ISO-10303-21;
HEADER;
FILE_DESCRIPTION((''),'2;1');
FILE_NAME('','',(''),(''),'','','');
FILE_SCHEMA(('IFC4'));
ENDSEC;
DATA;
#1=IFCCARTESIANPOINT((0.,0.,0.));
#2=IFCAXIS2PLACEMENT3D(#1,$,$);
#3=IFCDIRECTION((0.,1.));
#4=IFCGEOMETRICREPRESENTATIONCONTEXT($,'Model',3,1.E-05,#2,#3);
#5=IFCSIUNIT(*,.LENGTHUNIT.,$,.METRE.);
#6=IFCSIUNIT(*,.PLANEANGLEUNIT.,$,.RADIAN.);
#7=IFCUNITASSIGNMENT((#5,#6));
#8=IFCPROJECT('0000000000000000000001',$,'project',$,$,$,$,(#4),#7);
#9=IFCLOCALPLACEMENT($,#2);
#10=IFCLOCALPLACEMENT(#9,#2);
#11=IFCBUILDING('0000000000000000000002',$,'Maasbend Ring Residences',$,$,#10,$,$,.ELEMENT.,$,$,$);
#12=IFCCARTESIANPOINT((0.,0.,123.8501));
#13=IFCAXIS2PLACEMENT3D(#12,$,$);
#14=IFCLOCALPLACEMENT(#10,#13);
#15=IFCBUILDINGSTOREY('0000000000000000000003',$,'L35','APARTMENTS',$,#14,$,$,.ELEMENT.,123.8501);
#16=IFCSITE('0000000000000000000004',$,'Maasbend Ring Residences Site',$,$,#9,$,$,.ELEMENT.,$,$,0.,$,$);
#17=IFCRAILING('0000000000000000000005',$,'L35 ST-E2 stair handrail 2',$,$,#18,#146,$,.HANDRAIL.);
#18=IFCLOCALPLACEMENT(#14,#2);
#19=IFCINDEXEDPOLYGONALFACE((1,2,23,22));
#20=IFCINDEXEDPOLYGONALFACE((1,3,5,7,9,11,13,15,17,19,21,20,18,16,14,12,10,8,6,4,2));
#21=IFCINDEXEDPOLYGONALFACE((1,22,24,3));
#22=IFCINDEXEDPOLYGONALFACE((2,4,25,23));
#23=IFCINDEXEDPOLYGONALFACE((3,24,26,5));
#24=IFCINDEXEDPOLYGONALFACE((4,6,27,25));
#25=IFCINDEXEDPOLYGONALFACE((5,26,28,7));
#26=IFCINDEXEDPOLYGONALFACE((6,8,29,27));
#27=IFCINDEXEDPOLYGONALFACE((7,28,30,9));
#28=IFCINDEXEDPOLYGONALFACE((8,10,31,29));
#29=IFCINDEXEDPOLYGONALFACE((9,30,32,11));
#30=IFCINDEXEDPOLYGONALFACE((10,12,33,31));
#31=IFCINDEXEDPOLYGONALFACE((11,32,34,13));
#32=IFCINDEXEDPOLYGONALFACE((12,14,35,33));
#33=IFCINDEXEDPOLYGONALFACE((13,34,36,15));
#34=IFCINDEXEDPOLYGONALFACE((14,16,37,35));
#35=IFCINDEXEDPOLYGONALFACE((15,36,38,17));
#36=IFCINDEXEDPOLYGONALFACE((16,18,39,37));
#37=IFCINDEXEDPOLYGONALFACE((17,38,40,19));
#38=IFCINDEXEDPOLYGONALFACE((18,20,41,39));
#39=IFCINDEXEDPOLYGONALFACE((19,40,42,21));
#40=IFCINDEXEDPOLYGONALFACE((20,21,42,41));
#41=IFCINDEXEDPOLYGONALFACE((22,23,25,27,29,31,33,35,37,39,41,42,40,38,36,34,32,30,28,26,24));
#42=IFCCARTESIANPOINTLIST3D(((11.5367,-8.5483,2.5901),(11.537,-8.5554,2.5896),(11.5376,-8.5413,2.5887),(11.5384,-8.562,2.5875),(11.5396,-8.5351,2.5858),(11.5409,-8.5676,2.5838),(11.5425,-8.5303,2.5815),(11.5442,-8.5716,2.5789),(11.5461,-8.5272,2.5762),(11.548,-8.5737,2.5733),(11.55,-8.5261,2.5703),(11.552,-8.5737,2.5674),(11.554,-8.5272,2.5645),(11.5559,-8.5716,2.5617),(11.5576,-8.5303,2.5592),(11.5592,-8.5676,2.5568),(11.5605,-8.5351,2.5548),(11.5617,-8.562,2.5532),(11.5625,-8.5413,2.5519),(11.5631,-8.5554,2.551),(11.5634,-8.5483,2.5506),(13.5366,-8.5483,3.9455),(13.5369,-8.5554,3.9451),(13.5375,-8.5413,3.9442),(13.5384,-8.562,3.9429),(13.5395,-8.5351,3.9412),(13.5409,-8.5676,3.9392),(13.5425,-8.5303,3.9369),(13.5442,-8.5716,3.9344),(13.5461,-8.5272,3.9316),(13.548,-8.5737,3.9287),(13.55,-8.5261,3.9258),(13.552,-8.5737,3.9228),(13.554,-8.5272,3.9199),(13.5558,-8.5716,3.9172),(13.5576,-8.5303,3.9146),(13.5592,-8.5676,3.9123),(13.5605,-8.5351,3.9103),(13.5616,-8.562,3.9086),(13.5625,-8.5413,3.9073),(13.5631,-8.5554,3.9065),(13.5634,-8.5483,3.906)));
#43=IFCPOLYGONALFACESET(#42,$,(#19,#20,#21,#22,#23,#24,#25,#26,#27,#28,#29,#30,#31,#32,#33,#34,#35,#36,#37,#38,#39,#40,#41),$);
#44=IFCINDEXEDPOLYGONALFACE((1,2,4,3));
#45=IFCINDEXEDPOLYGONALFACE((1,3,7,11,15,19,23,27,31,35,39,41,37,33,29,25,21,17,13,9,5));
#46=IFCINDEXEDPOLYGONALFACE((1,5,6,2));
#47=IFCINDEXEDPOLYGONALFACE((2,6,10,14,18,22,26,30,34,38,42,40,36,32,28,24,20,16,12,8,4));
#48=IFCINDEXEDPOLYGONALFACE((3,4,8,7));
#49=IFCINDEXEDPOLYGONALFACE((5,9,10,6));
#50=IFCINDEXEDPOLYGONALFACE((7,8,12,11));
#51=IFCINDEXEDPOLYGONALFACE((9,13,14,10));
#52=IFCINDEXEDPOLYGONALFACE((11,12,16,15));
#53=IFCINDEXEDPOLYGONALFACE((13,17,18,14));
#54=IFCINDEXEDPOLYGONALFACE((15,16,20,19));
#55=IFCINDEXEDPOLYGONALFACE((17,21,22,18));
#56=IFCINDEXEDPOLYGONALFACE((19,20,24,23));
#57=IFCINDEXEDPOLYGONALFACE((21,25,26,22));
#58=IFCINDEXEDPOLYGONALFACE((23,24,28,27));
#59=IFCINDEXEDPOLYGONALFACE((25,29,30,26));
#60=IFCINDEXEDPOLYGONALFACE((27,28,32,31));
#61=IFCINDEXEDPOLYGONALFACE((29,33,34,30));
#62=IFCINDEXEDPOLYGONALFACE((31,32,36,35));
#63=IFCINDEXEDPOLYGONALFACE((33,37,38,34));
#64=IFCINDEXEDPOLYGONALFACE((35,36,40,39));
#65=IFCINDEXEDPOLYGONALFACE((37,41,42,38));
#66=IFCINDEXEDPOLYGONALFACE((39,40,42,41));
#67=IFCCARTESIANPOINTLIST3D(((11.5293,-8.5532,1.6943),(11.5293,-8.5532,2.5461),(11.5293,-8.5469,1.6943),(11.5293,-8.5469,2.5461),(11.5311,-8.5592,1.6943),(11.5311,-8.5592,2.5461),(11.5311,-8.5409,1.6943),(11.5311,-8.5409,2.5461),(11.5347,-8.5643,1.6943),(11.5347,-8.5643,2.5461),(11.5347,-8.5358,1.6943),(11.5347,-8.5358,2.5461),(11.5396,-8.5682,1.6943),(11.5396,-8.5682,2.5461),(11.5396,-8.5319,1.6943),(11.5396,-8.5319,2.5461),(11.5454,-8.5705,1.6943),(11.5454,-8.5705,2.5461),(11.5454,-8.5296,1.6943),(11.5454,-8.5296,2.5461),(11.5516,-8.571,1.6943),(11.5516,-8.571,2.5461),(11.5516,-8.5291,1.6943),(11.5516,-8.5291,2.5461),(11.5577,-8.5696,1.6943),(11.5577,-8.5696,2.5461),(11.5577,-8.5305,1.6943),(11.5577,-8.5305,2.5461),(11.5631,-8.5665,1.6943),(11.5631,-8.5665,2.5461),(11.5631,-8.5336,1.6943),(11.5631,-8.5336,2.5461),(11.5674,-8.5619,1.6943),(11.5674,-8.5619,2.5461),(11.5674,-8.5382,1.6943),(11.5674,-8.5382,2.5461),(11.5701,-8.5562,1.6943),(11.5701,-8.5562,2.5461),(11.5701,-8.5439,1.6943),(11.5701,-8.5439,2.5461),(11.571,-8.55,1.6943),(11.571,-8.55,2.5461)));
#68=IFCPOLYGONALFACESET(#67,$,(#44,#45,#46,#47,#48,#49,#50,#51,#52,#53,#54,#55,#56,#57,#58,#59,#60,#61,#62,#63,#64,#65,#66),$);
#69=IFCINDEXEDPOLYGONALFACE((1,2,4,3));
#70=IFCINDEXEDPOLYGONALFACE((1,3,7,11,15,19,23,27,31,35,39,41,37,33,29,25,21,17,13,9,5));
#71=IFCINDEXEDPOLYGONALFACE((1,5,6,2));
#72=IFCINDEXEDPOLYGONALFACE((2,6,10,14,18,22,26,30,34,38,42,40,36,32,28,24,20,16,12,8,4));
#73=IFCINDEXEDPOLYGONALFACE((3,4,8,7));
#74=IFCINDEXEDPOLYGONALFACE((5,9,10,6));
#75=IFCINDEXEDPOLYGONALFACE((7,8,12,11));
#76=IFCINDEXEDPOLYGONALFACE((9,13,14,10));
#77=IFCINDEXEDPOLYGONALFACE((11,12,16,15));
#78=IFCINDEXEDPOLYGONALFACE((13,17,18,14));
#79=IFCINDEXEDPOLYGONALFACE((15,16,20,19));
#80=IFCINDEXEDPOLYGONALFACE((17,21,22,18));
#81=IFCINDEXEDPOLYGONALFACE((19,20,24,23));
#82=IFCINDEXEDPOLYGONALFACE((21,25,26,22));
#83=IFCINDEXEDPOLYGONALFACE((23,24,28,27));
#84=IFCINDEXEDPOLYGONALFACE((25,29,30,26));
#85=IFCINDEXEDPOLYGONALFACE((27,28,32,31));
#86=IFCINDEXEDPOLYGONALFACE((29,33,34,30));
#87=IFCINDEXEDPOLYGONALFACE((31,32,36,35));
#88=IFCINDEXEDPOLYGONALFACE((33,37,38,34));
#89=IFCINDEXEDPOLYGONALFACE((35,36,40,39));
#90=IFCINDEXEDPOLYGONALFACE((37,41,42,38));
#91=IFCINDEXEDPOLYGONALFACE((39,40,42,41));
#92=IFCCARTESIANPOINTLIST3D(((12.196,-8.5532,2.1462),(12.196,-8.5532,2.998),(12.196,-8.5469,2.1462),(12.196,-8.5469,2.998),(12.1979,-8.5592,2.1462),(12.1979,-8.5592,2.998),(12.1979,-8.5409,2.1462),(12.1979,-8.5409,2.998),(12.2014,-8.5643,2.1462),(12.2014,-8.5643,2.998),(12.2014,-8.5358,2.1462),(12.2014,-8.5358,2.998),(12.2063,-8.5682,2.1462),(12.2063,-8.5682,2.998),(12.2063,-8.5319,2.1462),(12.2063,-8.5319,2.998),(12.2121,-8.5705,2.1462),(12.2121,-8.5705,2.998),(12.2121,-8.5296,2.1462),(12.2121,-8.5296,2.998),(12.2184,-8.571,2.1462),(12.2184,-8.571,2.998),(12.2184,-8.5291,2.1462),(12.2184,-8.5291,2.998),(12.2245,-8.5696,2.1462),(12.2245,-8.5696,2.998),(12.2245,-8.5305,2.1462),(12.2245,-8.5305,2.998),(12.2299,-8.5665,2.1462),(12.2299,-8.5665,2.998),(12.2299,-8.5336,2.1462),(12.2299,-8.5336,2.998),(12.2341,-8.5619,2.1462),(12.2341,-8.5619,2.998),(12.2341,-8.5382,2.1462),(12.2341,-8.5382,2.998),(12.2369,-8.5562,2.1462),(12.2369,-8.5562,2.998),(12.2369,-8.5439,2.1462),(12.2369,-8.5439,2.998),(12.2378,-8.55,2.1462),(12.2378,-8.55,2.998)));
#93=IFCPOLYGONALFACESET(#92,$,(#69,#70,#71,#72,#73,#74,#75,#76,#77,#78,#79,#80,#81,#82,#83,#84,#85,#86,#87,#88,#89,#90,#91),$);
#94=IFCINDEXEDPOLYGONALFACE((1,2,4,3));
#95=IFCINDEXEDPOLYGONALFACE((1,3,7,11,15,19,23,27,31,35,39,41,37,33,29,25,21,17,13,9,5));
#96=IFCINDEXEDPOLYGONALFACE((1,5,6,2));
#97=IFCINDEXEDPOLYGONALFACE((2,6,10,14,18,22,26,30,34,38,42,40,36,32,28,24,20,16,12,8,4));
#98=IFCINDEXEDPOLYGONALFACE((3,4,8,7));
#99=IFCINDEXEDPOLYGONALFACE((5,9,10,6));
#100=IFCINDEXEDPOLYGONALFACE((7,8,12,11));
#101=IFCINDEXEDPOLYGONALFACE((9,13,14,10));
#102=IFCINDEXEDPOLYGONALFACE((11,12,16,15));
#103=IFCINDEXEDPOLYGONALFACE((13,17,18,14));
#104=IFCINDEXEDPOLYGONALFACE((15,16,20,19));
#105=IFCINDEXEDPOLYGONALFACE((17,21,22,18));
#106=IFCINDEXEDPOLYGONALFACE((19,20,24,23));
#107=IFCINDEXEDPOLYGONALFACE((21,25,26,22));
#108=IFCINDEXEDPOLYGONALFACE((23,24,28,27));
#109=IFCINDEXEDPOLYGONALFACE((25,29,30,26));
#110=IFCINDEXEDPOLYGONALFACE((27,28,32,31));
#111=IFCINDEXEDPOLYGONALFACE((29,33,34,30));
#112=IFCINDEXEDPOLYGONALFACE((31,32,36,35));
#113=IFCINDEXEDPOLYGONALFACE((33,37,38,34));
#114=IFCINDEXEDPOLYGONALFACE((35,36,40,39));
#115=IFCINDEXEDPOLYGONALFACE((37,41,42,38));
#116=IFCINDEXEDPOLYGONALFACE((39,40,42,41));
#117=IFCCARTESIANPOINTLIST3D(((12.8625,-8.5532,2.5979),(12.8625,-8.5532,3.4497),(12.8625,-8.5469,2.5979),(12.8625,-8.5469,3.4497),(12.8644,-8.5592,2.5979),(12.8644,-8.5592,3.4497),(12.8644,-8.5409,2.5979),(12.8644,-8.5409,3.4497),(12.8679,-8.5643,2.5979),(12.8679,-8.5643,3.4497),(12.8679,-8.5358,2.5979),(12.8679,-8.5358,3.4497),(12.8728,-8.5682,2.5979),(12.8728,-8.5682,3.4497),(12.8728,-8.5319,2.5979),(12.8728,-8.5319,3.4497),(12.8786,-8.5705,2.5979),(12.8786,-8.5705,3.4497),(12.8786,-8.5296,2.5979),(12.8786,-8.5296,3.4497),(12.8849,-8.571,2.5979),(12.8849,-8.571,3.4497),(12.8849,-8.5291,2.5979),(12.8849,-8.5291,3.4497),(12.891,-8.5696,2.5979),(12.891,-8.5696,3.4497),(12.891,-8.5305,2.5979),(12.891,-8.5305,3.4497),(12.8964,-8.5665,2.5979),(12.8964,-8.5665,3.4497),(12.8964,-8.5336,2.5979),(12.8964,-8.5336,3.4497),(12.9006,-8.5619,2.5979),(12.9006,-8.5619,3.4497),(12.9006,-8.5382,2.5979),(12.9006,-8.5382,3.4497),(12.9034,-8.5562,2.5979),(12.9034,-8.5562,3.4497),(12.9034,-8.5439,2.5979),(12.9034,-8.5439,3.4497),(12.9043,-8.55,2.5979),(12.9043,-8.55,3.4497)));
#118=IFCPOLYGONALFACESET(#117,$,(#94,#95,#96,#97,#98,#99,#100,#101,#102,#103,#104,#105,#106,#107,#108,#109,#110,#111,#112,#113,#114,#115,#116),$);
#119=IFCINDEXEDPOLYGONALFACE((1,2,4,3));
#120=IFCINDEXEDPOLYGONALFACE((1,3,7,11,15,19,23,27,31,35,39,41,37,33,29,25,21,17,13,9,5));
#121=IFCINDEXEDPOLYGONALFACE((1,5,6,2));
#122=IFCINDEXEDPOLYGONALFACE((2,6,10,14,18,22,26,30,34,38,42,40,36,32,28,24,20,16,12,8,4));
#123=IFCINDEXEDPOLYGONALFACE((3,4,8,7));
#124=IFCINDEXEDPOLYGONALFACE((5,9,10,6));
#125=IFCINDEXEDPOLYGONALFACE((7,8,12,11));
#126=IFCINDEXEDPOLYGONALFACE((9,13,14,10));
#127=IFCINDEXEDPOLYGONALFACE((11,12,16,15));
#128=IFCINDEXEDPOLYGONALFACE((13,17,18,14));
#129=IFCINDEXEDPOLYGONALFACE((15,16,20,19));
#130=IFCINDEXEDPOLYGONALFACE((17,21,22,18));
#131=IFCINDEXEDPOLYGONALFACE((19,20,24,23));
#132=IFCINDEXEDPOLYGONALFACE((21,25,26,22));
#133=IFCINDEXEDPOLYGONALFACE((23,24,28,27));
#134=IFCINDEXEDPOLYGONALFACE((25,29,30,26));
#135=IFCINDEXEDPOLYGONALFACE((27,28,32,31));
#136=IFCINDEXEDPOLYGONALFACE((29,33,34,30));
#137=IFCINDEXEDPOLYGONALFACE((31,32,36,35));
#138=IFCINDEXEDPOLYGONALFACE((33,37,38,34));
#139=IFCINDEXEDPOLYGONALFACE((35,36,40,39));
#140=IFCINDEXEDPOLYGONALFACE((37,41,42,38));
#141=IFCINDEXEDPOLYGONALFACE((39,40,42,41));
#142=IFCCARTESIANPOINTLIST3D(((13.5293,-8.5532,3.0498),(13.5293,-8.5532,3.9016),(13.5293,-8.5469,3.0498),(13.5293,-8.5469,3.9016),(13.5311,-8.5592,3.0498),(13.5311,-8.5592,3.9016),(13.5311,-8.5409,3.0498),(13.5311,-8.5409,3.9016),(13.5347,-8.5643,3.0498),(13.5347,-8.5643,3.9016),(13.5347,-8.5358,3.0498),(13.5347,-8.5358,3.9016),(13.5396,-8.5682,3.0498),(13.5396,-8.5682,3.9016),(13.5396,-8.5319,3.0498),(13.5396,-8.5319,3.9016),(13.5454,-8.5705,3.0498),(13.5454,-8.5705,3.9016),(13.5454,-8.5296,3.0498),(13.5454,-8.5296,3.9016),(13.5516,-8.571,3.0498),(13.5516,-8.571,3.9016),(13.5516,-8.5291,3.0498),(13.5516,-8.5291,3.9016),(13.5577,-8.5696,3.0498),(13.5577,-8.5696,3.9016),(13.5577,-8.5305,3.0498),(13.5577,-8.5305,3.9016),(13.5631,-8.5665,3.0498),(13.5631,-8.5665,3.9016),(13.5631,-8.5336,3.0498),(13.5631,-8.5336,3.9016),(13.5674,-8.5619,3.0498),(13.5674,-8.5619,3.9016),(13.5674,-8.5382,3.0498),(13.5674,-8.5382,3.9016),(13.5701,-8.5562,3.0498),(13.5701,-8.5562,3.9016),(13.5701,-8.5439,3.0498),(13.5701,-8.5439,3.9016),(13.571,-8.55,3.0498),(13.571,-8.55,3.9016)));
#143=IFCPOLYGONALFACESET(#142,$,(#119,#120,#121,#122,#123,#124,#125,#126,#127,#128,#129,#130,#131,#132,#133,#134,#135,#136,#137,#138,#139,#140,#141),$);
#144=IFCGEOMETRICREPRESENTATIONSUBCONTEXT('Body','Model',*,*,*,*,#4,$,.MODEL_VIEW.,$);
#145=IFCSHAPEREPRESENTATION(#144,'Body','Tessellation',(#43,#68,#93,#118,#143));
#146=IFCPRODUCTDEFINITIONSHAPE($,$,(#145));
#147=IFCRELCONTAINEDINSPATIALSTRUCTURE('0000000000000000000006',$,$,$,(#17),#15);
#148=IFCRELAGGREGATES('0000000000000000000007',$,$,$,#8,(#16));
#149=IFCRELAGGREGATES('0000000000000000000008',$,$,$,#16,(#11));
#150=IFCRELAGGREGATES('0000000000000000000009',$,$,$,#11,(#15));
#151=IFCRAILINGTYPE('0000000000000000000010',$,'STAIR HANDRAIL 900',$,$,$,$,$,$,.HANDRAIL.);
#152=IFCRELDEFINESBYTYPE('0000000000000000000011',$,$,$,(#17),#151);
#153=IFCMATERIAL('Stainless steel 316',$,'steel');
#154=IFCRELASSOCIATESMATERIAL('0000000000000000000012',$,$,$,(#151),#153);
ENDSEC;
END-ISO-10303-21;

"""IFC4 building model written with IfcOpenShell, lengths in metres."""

from ifc_helpers import new_model, si_unit, direction, frame, origin, origin_2d, place, context, subcontext, project, spatial, circle, extrude, material, type_object, element, save


model = new_model("IFC4")

# Units and contexts
model_context = context("Model", 3, precision=1e-05, world=origin(), true_north=direction((0.0, 1.0)))
body_context = subcontext(model_context, "Body", "Model", "MODEL_VIEW")
ifc_project = project(units=[si_unit("LENGTHUNIT", "METRE"), si_unit("PLANEANGLEUNIT", "RADIAN")], contexts=[model_context])

# Site, building, storey
site_placement = place(None, origin())
site = spatial("IfcSite", under=ifc_project, at=site_placement, Name="Maasbend Ring Residences Site", CompositionType="ELEMENT", RefElevation=0.0)
building_placement = place(site_placement, origin())
building = spatial("IfcBuilding", under=site, at=building_placement, Name="Maasbend Ring Residences", CompositionType="ELEMENT")
storey_placement = place(building_placement, frame((0.0, 0.0, 123.8501)))
storey = spatial("IfcBuildingStorey", under=building, at=storey_placement, Name="L35", Description="APARTMENTS", CompositionType="ELEMENT", Elevation=123.8501)

# Railing
ifc_material_1 = material(Name="Stainless steel 316", Category="steel")
railing_type = type_object("IfcRailingType", Name="STAIR HANDRAIL 900", PredefinedType="HANDRAIL", material=ifc_material_1)
railing_1_placement = place(storey_placement, frame((11.55, -8.55, 1.6943)))
element("IfcRailing", 1, at=railing_1_placement, inside=storey, type_object=railing_type, Name="L35 ST-E2 stair handrail 2", PredefinedType="HANDRAIL", context=body_context, shape_type="SweptSolid", body=[
    extrude(circle(Radius=0.0239, at=origin_2d()), frame((0.0, 0.0, 0.876), z_axis=(0.827798, 0.0, 0.561027), x_axis=(0.0, 1.0, 0.0)), (0.0, 0.0, 1.0), 2.416),
    extrude(circle(Radius=0.021, at=origin_2d()), origin(), (0.0, 0.0, 1.0), 0.8518),
    extrude(circle(Radius=0.021, at=origin_2d()), frame((0.6667, 0.0, 0.4519)), (0.0, 0.0, 1.0), 0.8518),
    extrude(circle(Radius=0.021, at=origin_2d()), frame((1.3333, 0.0, 0.9036)), (0.0, 0.0, 1.0), 0.8518),
    extrude(circle(Radius=0.021, at=origin_2d()), frame((2.0, 0.0, 1.3555)), (0.0, 0.0, 1.0), 0.8518),
])

save(model, "model.ifc")
